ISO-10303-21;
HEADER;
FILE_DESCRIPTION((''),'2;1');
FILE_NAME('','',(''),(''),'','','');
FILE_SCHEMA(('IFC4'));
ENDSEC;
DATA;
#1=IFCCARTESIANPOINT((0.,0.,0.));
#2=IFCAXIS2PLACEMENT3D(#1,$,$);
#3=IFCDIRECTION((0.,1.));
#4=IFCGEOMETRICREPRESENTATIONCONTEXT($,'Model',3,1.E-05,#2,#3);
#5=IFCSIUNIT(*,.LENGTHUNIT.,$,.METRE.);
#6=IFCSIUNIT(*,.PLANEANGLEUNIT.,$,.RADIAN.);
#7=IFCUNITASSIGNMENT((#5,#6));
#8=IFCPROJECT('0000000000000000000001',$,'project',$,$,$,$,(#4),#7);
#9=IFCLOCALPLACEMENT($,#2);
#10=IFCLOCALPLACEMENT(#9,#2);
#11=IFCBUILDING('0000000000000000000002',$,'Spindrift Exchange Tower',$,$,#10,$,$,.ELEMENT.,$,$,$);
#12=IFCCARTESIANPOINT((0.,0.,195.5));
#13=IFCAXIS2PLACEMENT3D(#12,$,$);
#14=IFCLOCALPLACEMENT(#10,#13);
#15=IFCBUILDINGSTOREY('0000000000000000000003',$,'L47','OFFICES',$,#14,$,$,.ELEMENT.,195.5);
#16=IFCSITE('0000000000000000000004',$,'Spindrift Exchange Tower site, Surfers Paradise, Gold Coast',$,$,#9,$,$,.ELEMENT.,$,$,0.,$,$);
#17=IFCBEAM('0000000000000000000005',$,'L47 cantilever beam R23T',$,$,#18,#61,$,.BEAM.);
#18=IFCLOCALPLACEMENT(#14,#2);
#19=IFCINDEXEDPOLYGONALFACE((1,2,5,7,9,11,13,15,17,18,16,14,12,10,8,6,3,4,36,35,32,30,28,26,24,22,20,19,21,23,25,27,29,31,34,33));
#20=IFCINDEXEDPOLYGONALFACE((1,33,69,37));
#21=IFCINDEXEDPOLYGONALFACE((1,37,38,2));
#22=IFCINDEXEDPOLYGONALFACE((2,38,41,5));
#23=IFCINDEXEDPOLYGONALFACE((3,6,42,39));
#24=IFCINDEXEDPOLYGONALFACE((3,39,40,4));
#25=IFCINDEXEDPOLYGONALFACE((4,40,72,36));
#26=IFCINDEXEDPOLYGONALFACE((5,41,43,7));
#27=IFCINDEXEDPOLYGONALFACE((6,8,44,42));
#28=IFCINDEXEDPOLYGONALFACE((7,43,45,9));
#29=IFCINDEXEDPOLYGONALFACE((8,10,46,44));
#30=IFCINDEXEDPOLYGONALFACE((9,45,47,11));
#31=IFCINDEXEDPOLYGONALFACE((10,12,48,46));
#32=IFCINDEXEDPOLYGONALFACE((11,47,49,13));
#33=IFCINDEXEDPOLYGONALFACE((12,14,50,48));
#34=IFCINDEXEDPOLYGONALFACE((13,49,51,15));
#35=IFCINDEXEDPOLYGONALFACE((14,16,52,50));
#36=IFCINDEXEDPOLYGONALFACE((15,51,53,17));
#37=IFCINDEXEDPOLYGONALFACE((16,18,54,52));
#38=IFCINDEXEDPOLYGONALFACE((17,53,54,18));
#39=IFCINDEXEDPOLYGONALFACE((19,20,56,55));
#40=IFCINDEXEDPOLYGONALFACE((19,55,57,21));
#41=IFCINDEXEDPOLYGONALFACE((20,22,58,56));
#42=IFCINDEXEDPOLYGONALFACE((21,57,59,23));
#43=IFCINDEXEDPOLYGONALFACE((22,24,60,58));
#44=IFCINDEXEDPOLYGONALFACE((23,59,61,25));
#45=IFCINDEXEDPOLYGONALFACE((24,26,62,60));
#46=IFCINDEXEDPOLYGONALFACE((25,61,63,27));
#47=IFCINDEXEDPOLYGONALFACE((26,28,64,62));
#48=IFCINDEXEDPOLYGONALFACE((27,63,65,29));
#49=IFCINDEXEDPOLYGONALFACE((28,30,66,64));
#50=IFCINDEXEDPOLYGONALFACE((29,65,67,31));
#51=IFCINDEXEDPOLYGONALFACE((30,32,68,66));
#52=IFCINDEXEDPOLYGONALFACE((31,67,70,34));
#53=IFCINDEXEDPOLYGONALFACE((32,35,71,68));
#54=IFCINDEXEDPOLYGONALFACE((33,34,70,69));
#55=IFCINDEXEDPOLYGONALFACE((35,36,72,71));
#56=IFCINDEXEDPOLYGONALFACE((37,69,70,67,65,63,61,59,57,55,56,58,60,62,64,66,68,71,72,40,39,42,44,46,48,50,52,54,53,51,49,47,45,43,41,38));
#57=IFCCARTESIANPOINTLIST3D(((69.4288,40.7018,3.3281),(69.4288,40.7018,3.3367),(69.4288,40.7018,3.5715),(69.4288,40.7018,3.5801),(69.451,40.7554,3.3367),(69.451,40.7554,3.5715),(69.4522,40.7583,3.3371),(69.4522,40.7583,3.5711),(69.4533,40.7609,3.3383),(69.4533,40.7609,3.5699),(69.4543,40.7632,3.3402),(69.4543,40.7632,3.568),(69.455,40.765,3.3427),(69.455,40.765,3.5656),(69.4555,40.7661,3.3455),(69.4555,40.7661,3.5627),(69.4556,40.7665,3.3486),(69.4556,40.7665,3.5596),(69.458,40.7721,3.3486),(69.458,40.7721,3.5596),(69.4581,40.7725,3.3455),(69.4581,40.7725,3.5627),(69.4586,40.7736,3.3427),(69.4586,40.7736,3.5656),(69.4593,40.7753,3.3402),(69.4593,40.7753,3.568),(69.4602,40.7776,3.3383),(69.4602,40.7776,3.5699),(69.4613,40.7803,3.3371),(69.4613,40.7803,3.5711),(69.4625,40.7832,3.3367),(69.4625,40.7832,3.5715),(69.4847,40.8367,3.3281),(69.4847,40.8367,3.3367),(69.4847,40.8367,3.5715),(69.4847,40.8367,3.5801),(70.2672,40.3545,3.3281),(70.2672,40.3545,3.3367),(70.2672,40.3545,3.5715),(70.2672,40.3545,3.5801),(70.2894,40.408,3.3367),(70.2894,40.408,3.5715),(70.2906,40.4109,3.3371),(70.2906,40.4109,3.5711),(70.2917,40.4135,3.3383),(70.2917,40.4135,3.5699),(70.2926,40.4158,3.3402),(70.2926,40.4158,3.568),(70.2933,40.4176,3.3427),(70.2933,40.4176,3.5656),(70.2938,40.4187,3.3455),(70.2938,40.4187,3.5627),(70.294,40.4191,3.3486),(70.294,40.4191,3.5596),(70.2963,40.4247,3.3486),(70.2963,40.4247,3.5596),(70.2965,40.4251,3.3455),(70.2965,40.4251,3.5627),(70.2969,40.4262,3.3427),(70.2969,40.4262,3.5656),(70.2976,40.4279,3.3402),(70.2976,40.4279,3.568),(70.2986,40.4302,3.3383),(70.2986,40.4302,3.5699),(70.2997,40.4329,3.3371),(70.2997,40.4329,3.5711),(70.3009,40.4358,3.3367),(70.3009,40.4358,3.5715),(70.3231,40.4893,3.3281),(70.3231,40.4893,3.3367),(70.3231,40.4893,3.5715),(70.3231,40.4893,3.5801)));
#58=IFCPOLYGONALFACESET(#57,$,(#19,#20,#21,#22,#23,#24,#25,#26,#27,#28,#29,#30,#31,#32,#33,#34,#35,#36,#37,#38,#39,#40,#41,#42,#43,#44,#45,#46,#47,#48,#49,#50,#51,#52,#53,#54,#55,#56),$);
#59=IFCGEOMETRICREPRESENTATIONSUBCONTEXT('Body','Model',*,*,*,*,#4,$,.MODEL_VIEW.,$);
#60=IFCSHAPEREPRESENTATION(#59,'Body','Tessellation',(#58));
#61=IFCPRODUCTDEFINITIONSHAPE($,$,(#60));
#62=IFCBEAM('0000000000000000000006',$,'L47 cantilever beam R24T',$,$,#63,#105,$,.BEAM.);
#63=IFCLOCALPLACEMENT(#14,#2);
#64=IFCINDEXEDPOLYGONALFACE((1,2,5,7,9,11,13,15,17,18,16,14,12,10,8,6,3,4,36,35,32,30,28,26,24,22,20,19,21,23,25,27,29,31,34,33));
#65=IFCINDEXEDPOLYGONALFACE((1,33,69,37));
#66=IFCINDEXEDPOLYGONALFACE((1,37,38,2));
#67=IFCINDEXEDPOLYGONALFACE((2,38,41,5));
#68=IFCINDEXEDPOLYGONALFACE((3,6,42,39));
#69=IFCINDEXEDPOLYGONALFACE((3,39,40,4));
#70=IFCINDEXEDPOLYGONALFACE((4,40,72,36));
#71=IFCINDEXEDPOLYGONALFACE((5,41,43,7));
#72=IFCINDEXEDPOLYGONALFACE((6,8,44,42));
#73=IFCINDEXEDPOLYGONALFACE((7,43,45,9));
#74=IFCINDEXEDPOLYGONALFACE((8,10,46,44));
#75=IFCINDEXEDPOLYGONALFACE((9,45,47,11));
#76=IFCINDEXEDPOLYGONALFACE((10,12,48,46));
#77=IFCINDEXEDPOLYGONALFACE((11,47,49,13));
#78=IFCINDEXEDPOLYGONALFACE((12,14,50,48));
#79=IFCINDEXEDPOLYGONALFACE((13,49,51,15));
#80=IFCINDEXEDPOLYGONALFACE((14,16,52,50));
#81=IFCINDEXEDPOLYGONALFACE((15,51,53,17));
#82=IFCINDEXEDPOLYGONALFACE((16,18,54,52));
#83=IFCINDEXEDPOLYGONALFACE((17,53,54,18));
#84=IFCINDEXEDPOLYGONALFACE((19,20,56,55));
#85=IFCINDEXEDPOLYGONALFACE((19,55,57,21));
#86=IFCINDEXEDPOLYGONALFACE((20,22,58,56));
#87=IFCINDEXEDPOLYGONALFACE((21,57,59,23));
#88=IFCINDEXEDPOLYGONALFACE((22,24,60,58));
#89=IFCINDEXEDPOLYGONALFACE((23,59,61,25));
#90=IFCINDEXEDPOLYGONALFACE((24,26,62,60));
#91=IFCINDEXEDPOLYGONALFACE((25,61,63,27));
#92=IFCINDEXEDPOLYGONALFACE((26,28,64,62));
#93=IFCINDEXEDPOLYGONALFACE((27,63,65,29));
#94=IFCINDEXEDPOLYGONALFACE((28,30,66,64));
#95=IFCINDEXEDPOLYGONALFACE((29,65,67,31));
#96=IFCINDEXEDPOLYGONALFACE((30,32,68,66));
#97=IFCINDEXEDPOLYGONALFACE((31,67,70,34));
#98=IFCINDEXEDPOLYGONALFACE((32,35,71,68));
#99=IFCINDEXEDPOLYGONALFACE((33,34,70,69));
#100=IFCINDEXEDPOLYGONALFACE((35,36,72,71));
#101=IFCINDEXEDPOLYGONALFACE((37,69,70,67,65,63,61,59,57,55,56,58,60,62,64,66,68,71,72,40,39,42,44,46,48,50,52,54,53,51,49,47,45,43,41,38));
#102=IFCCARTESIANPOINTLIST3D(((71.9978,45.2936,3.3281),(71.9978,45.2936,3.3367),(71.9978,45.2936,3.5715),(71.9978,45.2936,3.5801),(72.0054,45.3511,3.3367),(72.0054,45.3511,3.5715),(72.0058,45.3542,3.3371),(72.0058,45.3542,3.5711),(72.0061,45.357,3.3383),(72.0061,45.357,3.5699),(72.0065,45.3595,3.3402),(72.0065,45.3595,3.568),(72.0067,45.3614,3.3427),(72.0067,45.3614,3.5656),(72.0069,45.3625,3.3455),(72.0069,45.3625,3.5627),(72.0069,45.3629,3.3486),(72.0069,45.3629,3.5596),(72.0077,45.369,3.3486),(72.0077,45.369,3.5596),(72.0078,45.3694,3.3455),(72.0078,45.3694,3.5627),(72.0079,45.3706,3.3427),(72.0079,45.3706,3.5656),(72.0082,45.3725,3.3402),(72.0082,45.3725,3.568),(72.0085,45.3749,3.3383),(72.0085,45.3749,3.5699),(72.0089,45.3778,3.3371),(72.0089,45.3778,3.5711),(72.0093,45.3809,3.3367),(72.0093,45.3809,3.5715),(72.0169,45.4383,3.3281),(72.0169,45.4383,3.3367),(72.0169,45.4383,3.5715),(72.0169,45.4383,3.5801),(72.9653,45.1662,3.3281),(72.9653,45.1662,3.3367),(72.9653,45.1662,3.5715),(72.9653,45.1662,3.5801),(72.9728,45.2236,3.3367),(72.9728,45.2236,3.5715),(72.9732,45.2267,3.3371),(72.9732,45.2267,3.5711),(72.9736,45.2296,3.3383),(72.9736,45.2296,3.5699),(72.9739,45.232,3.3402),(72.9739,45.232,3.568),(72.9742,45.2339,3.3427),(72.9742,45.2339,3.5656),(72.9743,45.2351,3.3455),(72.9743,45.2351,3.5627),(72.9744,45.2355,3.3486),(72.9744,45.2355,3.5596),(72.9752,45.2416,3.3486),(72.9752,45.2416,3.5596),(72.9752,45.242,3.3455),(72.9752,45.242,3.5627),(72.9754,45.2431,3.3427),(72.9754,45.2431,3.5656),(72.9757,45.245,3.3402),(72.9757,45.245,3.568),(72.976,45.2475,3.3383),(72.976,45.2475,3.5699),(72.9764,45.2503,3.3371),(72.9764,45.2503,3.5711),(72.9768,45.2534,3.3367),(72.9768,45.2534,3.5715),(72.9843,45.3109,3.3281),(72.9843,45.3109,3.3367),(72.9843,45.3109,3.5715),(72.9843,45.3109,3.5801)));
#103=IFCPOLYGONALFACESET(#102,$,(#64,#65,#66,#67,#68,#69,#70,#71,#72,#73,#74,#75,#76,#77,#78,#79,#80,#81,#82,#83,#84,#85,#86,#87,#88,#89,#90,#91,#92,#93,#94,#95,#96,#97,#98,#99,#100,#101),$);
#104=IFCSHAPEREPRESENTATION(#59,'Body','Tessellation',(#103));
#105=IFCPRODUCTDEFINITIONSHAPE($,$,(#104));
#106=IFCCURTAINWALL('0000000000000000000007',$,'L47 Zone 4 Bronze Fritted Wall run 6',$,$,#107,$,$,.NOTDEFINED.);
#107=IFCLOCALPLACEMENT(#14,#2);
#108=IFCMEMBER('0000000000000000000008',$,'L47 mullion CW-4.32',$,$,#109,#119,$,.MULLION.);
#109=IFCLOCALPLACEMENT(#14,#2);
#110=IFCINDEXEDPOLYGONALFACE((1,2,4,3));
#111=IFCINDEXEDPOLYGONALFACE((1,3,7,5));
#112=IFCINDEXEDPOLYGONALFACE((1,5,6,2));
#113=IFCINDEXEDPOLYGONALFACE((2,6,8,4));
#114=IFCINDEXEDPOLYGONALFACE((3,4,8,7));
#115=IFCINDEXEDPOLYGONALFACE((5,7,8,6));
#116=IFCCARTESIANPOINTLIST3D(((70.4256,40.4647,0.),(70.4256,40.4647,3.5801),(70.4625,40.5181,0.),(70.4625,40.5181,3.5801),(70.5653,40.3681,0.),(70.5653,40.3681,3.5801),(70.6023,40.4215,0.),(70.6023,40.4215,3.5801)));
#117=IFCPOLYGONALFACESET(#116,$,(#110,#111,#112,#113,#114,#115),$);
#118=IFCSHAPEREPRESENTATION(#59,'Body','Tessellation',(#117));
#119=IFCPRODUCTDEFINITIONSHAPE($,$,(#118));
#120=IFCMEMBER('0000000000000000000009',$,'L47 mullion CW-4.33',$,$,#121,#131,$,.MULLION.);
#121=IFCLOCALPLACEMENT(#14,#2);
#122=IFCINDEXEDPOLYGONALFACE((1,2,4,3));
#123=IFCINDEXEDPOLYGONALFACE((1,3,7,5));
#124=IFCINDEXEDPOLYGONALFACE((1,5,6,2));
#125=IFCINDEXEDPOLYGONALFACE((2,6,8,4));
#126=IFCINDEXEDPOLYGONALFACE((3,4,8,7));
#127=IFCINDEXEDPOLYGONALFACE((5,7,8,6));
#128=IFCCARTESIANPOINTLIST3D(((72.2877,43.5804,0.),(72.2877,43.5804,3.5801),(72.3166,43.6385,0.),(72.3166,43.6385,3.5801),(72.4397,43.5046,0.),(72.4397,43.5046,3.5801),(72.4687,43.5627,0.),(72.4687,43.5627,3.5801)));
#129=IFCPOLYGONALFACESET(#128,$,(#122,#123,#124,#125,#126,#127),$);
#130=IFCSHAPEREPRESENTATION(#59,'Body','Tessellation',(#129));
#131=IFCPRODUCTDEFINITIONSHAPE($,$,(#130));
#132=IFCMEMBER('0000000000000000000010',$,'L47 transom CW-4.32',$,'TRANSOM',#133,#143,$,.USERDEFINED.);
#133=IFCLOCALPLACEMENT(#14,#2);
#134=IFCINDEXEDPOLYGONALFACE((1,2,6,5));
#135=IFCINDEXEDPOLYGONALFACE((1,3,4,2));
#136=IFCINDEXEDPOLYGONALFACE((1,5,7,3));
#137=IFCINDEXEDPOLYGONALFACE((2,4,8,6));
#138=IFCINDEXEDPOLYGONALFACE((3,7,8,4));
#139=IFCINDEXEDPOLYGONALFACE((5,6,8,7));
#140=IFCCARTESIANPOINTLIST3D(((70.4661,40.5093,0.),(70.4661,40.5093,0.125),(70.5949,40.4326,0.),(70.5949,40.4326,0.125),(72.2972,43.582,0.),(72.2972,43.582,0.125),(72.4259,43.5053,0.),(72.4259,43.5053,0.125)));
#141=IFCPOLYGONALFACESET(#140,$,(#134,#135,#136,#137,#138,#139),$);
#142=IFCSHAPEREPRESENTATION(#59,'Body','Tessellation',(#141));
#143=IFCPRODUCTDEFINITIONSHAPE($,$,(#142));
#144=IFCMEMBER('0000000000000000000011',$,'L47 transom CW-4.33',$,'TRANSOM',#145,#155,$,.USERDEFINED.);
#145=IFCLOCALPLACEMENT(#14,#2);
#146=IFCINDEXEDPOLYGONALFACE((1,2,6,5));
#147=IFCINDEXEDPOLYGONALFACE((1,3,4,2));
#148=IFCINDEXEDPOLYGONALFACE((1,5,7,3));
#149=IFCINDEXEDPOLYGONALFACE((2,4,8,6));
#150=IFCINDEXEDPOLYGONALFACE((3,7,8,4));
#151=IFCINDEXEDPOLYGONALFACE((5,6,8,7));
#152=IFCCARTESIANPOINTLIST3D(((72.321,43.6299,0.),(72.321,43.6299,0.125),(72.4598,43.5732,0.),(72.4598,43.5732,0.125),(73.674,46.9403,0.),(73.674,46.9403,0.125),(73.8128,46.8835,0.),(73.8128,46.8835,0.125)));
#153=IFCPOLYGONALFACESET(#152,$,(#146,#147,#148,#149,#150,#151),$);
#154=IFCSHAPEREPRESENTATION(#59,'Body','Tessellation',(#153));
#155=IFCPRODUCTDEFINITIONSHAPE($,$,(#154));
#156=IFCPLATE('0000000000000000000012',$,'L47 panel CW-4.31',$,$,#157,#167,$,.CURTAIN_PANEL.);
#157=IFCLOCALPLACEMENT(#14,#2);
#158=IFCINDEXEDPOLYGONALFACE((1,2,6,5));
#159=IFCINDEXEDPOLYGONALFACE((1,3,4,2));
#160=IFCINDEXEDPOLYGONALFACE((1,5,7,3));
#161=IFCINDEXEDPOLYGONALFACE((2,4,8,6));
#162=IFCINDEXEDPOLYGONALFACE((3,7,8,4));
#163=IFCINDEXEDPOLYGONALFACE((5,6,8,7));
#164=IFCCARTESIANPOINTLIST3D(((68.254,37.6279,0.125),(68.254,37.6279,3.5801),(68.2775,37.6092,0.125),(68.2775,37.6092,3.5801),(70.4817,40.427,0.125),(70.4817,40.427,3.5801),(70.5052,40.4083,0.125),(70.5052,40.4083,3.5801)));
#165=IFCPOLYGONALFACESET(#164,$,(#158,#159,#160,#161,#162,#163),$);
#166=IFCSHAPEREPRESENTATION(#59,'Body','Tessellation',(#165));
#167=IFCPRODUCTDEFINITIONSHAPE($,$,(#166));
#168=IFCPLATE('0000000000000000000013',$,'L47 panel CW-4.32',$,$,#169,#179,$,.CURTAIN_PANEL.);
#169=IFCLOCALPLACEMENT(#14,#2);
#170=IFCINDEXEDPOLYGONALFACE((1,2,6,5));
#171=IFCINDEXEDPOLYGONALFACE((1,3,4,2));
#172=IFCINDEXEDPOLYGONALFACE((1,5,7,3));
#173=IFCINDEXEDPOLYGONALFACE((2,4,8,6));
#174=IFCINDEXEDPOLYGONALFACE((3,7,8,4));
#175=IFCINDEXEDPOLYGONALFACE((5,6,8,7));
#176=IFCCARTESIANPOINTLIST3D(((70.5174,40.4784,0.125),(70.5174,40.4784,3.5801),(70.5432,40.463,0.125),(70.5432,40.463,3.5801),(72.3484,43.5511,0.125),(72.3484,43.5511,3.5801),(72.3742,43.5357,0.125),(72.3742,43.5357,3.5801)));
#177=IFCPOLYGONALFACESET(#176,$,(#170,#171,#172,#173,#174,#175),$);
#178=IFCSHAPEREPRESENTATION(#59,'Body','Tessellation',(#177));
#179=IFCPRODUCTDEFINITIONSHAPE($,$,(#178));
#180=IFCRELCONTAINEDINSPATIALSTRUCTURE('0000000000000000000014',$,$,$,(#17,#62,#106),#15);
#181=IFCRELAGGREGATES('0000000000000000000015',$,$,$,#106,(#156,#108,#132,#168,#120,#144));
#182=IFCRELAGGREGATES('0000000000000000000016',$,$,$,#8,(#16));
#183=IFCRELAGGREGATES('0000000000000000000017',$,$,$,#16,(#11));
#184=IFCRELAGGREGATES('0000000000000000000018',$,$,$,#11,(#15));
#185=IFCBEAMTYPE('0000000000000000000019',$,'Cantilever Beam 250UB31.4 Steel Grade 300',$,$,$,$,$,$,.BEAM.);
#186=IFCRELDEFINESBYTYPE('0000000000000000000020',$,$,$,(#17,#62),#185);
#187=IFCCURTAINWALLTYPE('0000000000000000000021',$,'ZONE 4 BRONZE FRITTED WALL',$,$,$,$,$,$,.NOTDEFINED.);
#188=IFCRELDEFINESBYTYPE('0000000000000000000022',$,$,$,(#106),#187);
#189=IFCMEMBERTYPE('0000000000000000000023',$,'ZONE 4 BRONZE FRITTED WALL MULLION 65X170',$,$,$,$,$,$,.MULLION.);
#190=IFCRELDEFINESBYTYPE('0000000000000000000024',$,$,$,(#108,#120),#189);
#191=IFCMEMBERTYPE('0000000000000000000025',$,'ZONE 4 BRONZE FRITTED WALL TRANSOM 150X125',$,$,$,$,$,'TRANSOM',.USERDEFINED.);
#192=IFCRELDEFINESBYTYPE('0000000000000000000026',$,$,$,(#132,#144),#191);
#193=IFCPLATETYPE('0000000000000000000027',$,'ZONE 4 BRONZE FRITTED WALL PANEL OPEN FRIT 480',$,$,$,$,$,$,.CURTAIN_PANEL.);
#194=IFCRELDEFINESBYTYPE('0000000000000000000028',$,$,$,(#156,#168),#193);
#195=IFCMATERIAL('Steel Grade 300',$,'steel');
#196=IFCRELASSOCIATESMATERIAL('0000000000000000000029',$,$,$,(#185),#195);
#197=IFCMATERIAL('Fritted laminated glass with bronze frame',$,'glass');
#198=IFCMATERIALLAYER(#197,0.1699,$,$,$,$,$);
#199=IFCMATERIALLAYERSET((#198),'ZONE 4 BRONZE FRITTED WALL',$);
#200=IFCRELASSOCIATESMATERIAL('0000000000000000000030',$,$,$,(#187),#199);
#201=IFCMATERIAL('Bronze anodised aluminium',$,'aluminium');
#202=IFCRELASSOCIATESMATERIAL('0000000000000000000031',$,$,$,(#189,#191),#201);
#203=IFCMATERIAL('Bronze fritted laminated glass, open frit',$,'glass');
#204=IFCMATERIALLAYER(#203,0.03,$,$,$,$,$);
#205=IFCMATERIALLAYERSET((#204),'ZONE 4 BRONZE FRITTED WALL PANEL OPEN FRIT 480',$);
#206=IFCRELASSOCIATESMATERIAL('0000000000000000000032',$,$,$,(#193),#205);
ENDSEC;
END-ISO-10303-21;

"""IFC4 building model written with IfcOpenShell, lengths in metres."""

from ifc_helpers import new_model, si_unit, direction, frame, origin, origin_2d, place, context, subcontext, project, spatial, rectangle, i_section, extrude, source, transform, mapped, material, layer, layer_set, material_profile, profile_set, type_object, element, aggregate, save


model = new_model("IFC4")

# Units and contexts
model_context = context("Model", 3, precision=1e-05, world=origin(), true_north=direction((0.0, 1.0)))
body_context = subcontext(model_context, "Body", "Model", "MODEL_VIEW")
ifc_project = project(units=[si_unit("LENGTHUNIT", "METRE"), si_unit("PLANEANGLEUNIT", "RADIAN")], contexts=[model_context])

# Site, building, storey
site_placement = place(None, origin())
site = spatial("IfcSite", under=ifc_project, at=site_placement, Name="Spindrift Exchange Tower site, Surfers Paradise, Gold Coast", CompositionType="ELEMENT", RefElevation=0.0)
building_placement = place(site_placement, origin())
building = spatial("IfcBuilding", under=site, at=building_placement, Name="Spindrift Exchange Tower", CompositionType="ELEMENT")
storey_placement = place(building_placement, frame((0.0, 0.0, 195.5)))
storey = spatial("IfcBuildingStorey", under=building, at=storey_placement, Name="L47", Description="OFFICES", CompositionType="ELEMENT", Elevation=195.5)

# Beams
ifc_material_1 = material(Name="Steel Grade 300", Category="steel")
ifc_material_profile_1 = material_profile(ifc_material_1, i_section(OverallWidth=0.146, OverallDepth=0.252, WebThickness=0.0061, FlangeThickness=0.0085, FilletRadius=0.012, at=origin_2d()), Name="250UB31.4")
ifc_profile_set_1 = profile_set([ifc_material_profile_1], Name="Steel Grade 300")
beam_type_1 = type_object("IfcBeamType", Name="Cantilever Beam 250UB31.4 Steel Grade 300", PredefinedType="BEAM", material=ifc_profile_set_1)
shared_shape_1 = source(origin(), body_context, "Body", "SweptSolid", [
    extrude(i_section(OverallWidth=0.146, OverallDepth=0.252, WebThickness=0.0061, FlangeThickness=0.0085, FilletRadius=0.012, at=origin_2d()), origin(), (0.0, 0.0, 1.0), 0.9075),
])
beam_1_placement = place(storey_placement, frame((69.4568, 40.7693, 3.4541), z_axis=(0.923823, -0.382819, 0.0), x_axis=(0.382819, 0.923823, 0.0)))
element("IfcBeam", 1, at=beam_1_placement, inside=storey, type_object=beam_type_1, Name="L47 cantilever beam R23T", PredefinedType="BEAM", context=body_context, shape_type="MappedRepresentation", body=[
    mapped(shared_shape_1, transform((0.0, 0.0, 0.0), scale=1.0)),
])
shared_shape_2 = source(origin(), body_context, "Body", "SweptSolid", [
    extrude(i_section(OverallWidth=0.146, OverallDepth=0.252, WebThickness=0.0061, FlangeThickness=0.0085, FilletRadius=0.012, at=origin_2d()), origin(), (0.0, 0.0, 1.0), 0.9758),
])
beam_2_placement = place(storey_placement, frame((72.0073, 45.366, 3.4541), z_axis=(0.991436, -0.13059, 0.0), x_axis=(0.13059, 0.991436, 0.0)))
element("IfcBeam", 2, at=beam_2_placement, inside=storey, type_object=beam_type_1, Name="L47 cantilever beam R24T", PredefinedType="BEAM", context=body_context, shape_type="MappedRepresentation", body=[
    mapped(shared_shape_2, transform((0.0, 0.0, 0.0), scale=1.0)),
])

# Curtain wall, members, plates
ifc_material_2 = material(Name="Fritted laminated glass with bronze frame", Category="glass")
ifc_layer_1 = layer(ifc_material_2, 0.1699)
ifc_layer_set_1 = layer_set([ifc_layer_1], Name="ZONE 4 BRONZE FRITTED WALL")
curtain_wall_type = type_object("IfcCurtainWallType", Name="ZONE 4 BRONZE FRITTED WALL", PredefinedType="NOTDEFINED", material=ifc_layer_set_1)
curtain_wall_placement = place(storey_placement, origin())
curtain_wall = element("IfcCurtainWall", 3, at=curtain_wall_placement, inside=storey, type_object=curtain_wall_type, Name="L47 Zone 4 Bronze Fritted Wall run 6", PredefinedType="NOTDEFINED")
ifc_material_3 = material(Name="Bronze anodised aluminium", Category="aluminium")
ifc_material_profile_2 = material_profile(ifc_material_3, rectangle(XDim=0.0649, YDim=0.1699, at=origin_2d()), Name="ZONE 4 BRONZE FRITTED WALL MULLION 65X170")
ifc_profile_set_2 = profile_set([ifc_material_profile_2], Name="Bronze anodised aluminium")
member_type_1 = type_object("IfcMemberType", Name="ZONE 4 BRONZE FRITTED WALL MULLION 65X170", PredefinedType="MULLION", material=ifc_profile_set_2)
shared_shape_3 = source(origin(), body_context, "Body", "SweptSolid", [
    extrude(rectangle(XDim=0.0649, YDim=0.1699, at=origin_2d()), origin(), (0.0, 0.0, 1.0), 3.5801),
])
member_1_placement = place(storey_placement, frame((70.5139, 40.4431, 0.0), z_axis=(0.0, 0.0, 1.0), x_axis=(0.568605, 0.822611, 0.0)))
member_1 = element("IfcMember", 4, at=member_1_placement, type_object=member_type_1, Name="L47 mullion CW-4.32", PredefinedType="MULLION", context=body_context, shape_type="MappedRepresentation", body=[
    mapped(shared_shape_3, transform((0.0, 0.0, 0.0), scale=1.0)),
])
member_2_placement = place(storey_placement, frame((72.3782, 43.5715, 0.0), z_axis=(0.0, 0.0, 1.0), x_axis=(0.446363, 0.894852, 0.0)))
member_2 = element("IfcMember", 5, at=member_2_placement, type_object=member_type_1, Name="L47 mullion CW-4.33", PredefinedType="MULLION", context=body_context, shape_type="MappedRepresentation", body=[
    mapped(shared_shape_3, transform((0.0, 0.0, 0.0), scale=1.0)),
])
ifc_material_profile_3 = material_profile(ifc_material_3, rectangle(XDim=0.1499, YDim=0.125, at=origin_2d()), Name="ZONE 4 BRONZE FRITTED WALL TRANSOM 150X125")
ifc_profile_set_3 = profile_set([ifc_material_profile_3], Name="Bronze anodised aluminium")
member_type_2 = type_object("IfcMemberType", Name="ZONE 4 BRONZE FRITTED WALL TRANSOM 150X125", ElementType="TRANSOM", PredefinedType="USERDEFINED", material=ifc_profile_set_3)
shared_shape_4 = source(origin(), body_context, "Body", "SweptSolid", [
    extrude(rectangle(XDim=0.1499, YDim=0.125, at=origin_2d()), origin(), (0.0, 0.0, 1.0), 3.5769),
])
member_3_placement = place(storey_placement, frame((70.5305, 40.4709, 0.0625), z_axis=(0.511904, 0.859043, 0.0), x_axis=(-0.859043, 0.511904, 0.0)))
member_3 = element("IfcMember", 6, at=member_3_placement, type_object=member_type_2, Name="L47 transom CW-4.32", ObjectType="TRANSOM", PredefinedType="USERDEFINED", context=body_context, shape_type="MappedRepresentation", body=[
    mapped(shared_shape_4, transform((0.0, 0.0, 0.0), scale=1.0)),
])
shared_shape_5 = source(origin(), body_context, "Body", "SweptSolid", [
    extrude(rectangle(XDim=0.1499, YDim=0.125, at=origin_2d()), origin(), (0.0, 0.0, 1.0), 3.5762),
])
member_4_placement = place(storey_placement, frame((72.3904, 43.6016, 0.0625), z_axis=(0.378348, 0.925663, 0.0), x_axis=(-0.925663, 0.378348, 0.0)))
member_4 = element("IfcMember", 7, at=member_4_placement, type_object=member_type_2, Name="L47 transom CW-4.33", ObjectType="TRANSOM", PredefinedType="USERDEFINED", context=body_context, shape_type="MappedRepresentation", body=[
    mapped(shared_shape_5, transform((0.0, 0.0, 0.0), scale=1.0)),
])
ifc_material_4 = material(Name="Bronze fritted laminated glass, open frit", Category="glass")
ifc_layer_2 = layer(ifc_material_4, 0.03)
ifc_layer_set_2 = layer_set([ifc_layer_2], Name="ZONE 4 BRONZE FRITTED WALL PANEL OPEN FRIT 480")
plate_type_1 = type_object("IfcPlateType", Name="ZONE 4 BRONZE FRITTED WALL PANEL OPEN FRIT 480", PredefinedType="CURTAIN_PANEL", material=ifc_layer_set_2)
shared_shape_6 = source(origin(), body_context, "Body", "SweptSolid", [
    extrude(rectangle(XDim=3.5774, YDim=0.03, at=origin_2d()), origin(), (0.0, 0.0, 1.0), 3.4551),
])
plate_1_placement = place(storey_placement, frame((69.3796, 39.0181, 0.125), z_axis=(0.0, 0.0, 1.0), x_axis=(0.622718, 0.782446, 0.0)))
plate_1 = element("IfcPlate", 8, at=plate_1_placement, type_object=plate_type_1, Name="L47 panel CW-4.31", PredefinedType="CURTAIN_PANEL", context=body_context, shape_type="MappedRepresentation", body=[
    mapped(shared_shape_6, transform((0.0, 0.0, 0.0), scale=1.0)),
])
shared_shape_7 = source(origin(), body_context, "Body", "SweptSolid", [
    extrude(rectangle(XDim=3.5769, YDim=0.03, at=origin_2d()), origin(), (0.0, 0.0, 1.0), 3.4551),
])
plate_2_placement = place(storey_placement, frame((71.4458, 42.0071, 0.125), z_axis=(0.0, 0.0, 1.0), x_axis=(0.511909, 0.859039, 0.0)))
plate_2 = element("IfcPlate", 9, at=plate_2_placement, type_object=plate_type_1, Name="L47 panel CW-4.32", PredefinedType="CURTAIN_PANEL", context=body_context, shape_type="MappedRepresentation", body=[
    mapped(shared_shape_7, transform((0.0, 0.0, 0.0), scale=1.0)),
])
aggregate(curtain_wall, [plate_1, member_1, member_3, plate_2, member_2, member_4])

save(model, "model.ifc")
